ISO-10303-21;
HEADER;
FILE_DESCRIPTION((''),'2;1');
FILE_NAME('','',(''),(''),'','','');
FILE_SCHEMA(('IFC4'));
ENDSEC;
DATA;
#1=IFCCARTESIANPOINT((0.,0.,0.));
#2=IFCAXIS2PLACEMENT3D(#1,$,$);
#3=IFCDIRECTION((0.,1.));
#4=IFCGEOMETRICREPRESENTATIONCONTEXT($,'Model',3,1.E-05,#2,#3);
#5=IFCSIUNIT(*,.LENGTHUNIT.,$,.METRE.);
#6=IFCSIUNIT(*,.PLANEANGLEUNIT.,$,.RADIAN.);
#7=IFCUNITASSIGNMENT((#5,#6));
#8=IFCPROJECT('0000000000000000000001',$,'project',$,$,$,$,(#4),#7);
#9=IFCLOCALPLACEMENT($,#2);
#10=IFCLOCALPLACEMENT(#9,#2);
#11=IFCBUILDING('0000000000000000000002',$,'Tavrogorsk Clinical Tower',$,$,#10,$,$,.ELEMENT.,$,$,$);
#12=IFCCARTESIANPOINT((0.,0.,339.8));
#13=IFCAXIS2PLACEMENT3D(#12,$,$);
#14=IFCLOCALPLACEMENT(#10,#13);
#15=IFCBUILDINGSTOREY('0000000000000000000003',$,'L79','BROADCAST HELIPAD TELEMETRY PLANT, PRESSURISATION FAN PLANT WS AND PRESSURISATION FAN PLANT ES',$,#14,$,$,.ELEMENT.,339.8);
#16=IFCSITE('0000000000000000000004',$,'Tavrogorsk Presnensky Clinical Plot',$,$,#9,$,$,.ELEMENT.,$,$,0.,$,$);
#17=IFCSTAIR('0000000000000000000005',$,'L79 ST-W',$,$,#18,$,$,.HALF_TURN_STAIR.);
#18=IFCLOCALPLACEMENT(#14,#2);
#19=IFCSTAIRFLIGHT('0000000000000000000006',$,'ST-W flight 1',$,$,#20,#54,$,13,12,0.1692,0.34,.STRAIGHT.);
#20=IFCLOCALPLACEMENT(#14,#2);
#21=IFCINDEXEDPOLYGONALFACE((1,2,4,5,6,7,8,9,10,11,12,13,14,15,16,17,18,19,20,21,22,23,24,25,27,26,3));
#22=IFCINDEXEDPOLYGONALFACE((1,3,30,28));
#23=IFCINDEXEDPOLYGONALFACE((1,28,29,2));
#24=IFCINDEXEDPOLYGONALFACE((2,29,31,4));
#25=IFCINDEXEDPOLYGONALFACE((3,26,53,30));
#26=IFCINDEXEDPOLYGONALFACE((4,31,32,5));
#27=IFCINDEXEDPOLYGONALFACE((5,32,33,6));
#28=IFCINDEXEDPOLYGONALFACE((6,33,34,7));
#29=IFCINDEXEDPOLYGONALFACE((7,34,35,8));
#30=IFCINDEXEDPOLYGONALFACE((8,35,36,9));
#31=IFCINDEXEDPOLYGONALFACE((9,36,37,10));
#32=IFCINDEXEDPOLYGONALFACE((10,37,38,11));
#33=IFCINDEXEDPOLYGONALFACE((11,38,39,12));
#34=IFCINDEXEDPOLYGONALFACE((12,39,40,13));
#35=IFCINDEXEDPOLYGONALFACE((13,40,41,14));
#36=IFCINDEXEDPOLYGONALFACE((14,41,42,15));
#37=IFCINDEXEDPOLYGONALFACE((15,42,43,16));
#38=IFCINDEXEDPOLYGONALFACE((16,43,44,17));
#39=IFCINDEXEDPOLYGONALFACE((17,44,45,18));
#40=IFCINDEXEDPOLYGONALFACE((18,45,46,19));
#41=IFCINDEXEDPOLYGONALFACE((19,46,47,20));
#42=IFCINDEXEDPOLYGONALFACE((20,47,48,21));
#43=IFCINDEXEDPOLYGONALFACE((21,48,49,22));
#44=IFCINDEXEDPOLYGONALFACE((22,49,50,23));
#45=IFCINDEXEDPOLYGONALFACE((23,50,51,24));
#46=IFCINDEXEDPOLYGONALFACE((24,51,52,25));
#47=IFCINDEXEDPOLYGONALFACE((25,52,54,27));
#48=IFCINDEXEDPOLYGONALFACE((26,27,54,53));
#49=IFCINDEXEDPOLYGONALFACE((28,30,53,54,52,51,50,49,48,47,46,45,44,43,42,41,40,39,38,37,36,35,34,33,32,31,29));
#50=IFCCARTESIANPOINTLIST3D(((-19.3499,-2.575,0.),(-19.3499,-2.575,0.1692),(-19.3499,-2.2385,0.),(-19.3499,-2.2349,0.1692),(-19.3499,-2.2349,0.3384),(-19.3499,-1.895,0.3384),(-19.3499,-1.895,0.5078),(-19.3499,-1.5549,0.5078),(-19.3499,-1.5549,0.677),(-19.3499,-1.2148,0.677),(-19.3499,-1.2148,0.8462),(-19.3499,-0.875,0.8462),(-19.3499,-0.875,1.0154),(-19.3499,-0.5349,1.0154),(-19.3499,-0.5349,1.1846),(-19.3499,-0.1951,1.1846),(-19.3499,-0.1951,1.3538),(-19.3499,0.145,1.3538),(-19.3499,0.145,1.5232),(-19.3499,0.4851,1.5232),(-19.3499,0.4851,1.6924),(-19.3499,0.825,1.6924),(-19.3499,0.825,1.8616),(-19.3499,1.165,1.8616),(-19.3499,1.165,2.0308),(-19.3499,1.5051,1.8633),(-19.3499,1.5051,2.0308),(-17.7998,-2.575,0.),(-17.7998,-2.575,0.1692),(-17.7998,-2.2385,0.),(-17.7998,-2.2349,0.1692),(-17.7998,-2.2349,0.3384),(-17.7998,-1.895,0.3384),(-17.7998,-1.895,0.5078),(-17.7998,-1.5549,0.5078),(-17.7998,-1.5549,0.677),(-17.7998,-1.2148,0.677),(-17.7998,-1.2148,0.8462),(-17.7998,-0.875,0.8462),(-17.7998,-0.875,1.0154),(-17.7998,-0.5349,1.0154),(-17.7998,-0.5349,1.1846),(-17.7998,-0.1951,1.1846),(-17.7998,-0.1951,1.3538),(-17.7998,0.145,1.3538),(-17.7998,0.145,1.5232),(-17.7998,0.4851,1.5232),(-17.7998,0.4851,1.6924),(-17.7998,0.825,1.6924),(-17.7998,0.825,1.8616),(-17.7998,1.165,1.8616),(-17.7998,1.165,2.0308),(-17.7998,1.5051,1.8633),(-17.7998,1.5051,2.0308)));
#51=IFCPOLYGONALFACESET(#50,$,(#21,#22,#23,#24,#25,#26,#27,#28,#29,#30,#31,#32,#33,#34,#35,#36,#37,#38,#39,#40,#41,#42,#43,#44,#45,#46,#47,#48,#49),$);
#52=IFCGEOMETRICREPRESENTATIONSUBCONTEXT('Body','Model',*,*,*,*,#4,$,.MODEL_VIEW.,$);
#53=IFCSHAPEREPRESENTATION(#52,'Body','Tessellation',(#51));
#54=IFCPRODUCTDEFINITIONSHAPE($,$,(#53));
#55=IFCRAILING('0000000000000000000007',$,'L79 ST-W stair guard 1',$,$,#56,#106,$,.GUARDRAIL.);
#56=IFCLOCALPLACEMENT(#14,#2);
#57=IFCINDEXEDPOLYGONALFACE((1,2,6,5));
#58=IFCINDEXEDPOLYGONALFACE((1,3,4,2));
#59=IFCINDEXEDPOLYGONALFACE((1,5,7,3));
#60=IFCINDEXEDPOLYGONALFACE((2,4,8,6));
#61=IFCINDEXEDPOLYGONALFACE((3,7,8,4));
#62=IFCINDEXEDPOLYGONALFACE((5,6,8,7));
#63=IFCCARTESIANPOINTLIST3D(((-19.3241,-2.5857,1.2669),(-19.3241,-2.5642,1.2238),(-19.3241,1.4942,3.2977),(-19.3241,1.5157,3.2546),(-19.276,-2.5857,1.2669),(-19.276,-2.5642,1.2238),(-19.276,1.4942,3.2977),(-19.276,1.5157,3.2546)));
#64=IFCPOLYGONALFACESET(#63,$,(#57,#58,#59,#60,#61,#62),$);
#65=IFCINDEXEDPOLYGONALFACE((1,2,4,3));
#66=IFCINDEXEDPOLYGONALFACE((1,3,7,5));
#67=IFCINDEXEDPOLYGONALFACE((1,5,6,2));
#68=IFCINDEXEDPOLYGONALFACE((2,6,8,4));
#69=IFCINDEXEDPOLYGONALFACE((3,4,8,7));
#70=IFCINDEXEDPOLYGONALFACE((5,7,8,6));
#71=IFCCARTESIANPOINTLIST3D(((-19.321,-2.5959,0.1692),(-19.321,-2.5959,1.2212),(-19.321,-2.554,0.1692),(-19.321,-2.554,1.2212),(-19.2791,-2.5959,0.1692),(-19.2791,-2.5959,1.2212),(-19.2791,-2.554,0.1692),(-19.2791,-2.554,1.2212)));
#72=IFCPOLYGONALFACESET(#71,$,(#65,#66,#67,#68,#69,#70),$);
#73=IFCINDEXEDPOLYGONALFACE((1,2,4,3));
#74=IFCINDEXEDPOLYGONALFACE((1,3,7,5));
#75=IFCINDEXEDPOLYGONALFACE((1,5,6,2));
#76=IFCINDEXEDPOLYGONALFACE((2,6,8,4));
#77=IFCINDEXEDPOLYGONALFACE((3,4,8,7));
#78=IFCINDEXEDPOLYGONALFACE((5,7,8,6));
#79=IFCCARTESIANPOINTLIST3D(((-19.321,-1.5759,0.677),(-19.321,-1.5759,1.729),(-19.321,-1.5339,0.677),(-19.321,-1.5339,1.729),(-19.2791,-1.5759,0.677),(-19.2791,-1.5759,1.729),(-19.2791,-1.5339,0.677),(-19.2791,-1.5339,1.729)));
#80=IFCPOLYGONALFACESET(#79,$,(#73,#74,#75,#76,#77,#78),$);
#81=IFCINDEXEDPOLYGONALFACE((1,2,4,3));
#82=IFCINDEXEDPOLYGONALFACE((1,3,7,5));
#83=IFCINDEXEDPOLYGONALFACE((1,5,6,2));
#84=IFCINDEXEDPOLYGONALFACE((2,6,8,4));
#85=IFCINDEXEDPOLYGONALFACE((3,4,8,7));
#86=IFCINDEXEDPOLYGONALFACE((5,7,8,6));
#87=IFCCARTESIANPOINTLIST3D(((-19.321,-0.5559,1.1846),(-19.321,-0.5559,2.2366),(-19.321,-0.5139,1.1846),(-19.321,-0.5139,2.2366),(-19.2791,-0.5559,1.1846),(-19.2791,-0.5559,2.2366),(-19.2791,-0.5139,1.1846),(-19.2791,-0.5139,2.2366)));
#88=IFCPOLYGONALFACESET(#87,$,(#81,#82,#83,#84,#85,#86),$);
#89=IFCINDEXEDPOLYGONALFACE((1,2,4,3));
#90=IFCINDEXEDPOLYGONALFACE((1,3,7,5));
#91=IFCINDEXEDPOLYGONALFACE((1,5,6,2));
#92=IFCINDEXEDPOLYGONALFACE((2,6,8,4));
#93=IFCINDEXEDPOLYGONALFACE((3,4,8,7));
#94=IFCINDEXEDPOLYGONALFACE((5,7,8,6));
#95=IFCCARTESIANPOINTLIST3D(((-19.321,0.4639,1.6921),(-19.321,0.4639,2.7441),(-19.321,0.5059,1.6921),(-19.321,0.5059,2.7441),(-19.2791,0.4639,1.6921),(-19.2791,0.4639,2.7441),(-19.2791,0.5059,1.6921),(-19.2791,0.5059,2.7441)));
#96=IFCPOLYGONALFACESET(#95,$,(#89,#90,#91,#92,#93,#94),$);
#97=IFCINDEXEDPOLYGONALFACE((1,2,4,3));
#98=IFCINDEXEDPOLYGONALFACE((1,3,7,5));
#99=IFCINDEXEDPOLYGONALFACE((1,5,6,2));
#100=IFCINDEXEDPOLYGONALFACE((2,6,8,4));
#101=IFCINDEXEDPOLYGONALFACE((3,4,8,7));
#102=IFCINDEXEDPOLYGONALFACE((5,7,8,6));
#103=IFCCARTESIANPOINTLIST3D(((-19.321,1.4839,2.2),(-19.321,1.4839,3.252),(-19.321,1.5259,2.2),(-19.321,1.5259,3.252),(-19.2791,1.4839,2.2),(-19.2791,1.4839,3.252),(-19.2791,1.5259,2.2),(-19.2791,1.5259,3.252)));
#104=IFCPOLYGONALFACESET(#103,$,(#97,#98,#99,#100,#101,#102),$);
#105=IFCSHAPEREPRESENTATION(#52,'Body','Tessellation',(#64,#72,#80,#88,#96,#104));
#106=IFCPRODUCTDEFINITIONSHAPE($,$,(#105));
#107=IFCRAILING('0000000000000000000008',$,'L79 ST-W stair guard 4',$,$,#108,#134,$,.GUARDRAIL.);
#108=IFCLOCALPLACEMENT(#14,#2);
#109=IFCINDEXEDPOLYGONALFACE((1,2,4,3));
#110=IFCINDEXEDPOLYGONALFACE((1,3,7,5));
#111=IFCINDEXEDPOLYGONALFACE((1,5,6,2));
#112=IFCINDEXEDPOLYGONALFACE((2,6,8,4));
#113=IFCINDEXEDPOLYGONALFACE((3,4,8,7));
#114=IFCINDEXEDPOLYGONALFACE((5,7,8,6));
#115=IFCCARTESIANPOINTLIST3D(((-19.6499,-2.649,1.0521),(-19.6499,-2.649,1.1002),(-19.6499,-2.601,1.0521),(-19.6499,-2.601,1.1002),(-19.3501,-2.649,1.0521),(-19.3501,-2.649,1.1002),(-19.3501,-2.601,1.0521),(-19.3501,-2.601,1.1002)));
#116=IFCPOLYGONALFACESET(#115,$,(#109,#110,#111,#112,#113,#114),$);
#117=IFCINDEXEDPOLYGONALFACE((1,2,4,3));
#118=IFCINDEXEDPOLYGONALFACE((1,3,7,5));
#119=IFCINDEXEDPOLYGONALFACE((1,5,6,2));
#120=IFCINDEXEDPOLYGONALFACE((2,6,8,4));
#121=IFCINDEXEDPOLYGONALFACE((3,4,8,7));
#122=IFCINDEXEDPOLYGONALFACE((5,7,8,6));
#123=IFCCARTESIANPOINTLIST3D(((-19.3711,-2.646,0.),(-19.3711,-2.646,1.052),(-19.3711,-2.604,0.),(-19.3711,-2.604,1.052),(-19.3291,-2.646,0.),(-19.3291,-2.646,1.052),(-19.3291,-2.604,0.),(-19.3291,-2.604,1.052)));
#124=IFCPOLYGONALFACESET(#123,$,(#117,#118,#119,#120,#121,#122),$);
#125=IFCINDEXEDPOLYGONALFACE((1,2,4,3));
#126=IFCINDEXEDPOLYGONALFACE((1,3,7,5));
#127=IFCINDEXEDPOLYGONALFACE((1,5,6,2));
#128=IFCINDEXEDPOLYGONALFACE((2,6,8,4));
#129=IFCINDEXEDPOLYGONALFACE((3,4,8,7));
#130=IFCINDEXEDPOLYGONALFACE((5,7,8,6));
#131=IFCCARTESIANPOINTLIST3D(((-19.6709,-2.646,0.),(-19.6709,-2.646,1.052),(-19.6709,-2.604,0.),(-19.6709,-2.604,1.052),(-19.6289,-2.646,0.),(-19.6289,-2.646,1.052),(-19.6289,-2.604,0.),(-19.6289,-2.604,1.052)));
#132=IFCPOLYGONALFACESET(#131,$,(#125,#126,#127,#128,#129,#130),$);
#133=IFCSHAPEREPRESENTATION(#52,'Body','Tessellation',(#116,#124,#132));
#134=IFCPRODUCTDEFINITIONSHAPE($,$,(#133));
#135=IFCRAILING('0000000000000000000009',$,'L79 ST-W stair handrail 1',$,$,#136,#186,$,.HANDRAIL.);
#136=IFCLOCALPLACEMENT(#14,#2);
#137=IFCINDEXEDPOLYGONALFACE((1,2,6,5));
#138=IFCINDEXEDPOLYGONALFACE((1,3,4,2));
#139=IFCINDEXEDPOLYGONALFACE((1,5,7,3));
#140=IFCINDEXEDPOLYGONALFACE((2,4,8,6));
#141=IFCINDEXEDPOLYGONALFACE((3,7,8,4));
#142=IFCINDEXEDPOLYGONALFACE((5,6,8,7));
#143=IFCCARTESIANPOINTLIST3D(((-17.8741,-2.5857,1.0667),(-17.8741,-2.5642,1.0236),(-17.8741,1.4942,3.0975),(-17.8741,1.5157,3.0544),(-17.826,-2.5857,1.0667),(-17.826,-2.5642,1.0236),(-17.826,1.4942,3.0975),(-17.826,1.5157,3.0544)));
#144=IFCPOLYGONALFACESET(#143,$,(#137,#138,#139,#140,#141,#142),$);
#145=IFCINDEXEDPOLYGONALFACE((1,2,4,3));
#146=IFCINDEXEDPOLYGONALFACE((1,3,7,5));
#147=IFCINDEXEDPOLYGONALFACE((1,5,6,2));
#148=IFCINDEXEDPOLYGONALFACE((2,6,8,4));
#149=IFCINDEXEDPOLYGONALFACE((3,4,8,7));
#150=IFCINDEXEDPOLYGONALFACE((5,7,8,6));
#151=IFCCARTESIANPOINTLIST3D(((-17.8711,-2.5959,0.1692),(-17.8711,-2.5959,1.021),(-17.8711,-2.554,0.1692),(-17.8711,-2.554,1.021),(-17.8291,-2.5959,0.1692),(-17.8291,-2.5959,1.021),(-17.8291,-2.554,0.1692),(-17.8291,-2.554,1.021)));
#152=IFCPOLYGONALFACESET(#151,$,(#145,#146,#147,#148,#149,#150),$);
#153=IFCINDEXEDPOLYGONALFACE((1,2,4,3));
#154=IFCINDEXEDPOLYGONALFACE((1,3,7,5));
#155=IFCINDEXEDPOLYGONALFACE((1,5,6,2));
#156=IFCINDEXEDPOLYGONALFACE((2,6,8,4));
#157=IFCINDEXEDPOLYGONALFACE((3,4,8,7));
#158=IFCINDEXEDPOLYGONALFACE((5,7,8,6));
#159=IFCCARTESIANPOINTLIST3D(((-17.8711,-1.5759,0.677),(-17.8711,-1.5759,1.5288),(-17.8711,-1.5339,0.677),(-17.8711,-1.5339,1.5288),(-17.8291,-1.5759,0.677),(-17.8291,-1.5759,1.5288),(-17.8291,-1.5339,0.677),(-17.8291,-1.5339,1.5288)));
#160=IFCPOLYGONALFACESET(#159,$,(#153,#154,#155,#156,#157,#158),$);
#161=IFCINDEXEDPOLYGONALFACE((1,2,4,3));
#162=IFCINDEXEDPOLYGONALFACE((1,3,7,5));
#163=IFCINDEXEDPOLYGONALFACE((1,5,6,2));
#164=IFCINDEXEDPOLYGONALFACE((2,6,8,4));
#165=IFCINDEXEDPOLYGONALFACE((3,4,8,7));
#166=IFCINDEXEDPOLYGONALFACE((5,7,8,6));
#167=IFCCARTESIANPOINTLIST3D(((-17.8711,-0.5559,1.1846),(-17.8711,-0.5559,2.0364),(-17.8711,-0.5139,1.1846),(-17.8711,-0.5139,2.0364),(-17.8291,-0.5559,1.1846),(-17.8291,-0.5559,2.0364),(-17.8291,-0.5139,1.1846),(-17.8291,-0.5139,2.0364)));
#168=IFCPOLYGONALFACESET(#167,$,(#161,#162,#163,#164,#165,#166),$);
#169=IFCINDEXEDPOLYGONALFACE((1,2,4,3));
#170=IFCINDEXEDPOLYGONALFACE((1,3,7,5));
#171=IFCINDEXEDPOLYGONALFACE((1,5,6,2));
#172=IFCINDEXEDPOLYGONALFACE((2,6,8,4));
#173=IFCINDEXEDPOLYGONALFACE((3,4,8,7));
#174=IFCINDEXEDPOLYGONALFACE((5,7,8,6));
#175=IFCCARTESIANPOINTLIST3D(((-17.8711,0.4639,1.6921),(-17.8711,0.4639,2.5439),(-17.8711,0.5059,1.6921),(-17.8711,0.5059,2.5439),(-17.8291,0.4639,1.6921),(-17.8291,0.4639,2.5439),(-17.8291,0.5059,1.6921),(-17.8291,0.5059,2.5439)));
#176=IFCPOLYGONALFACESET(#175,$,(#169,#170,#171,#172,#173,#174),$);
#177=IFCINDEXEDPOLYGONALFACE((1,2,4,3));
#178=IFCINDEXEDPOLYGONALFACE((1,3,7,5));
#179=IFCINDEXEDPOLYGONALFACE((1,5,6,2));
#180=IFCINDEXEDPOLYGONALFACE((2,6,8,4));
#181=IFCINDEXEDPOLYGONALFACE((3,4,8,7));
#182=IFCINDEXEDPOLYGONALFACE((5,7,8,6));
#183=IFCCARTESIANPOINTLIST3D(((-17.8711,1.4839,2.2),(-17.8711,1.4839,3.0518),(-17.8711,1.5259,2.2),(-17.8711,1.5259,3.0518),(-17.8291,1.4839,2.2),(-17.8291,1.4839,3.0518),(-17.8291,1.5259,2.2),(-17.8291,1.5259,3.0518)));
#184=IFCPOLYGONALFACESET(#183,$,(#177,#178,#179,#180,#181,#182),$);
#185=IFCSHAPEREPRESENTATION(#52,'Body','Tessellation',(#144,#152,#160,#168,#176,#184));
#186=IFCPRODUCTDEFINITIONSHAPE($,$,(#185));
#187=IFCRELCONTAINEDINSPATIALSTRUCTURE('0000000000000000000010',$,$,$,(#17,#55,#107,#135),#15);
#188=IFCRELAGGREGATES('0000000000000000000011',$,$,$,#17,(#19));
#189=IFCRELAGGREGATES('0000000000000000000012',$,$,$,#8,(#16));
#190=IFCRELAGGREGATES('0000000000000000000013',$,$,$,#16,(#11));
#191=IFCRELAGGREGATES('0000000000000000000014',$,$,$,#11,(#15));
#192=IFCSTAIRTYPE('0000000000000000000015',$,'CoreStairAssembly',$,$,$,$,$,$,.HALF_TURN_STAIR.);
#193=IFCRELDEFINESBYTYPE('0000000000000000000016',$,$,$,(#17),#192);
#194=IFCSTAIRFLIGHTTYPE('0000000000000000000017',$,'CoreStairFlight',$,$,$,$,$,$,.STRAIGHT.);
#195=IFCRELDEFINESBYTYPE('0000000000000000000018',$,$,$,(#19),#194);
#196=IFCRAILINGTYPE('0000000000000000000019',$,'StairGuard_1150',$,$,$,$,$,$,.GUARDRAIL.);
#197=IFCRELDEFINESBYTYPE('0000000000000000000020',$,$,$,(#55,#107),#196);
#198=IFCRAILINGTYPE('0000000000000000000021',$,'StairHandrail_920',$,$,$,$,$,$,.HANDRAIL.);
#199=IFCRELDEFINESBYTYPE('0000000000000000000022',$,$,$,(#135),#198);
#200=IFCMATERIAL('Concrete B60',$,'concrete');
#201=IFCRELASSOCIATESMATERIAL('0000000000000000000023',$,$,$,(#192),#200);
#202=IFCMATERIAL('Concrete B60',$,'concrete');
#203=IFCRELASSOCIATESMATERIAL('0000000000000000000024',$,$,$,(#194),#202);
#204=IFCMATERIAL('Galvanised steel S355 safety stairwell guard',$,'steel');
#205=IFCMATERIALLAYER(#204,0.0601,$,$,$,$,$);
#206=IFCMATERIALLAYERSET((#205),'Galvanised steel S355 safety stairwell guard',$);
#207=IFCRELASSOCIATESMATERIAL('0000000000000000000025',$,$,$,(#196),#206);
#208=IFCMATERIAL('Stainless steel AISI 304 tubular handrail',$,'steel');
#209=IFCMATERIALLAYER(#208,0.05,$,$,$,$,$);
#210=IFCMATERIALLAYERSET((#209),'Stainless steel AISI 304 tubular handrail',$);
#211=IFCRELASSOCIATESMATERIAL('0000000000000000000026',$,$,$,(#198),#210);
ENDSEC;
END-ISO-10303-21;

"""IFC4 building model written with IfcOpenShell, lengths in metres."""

from ifc_helpers import new_model, si_unit, direction, frame, origin, origin_2d, place, context, subcontext, project, spatial, polyline, rectangle, outline, extrude, material, layer, layer_set, type_object, element, aggregate, save


model = new_model("IFC4")

# Units and contexts
model_context = context("Model", 3, precision=1e-05, world=origin(), true_north=direction((0.0, 1.0)))
body_context = subcontext(model_context, "Body", "Model", "MODEL_VIEW")
ifc_project = project(units=[si_unit("LENGTHUNIT", "METRE"), si_unit("PLANEANGLEUNIT", "RADIAN")], contexts=[model_context])

# Site, building, storey
site_placement = place(None, origin())
site = spatial("IfcSite", under=ifc_project, at=site_placement, Name="Tavrogorsk Presnensky Clinical Plot", CompositionType="ELEMENT", RefElevation=0.0)
building_placement = place(site_placement, origin())
building = spatial("IfcBuilding", under=site, at=building_placement, Name="Tavrogorsk Clinical Tower", CompositionType="ELEMENT")
storey_placement = place(building_placement, frame((0.0, 0.0, 339.8)))
storey = spatial("IfcBuildingStorey", under=building, at=storey_placement, Name="L79", Description="BROADCAST HELIPAD TELEMETRY PLANT, PRESSURISATION FAN PLANT WS AND PRESSURISATION FAN PLANT ES", CompositionType="ELEMENT", Elevation=339.8)

# Stair, stair flight
ifc_material_1 = material(Name="Concrete B60", Category="concrete")
stair_type = type_object("IfcStairType", Name="CoreStairAssembly", PredefinedType="HALF_TURN_STAIR", material=ifc_material_1)
stair_placement = place(storey_placement, origin())
stair = element("IfcStair", 1, at=stair_placement, inside=storey, type_object=stair_type, Name="L79 ST-W", PredefinedType="HALF_TURN_STAIR")
ifc_material_2 = material(Name="Concrete B60", Category="concrete")
stair_flight_type = type_object("IfcStairFlightType", Name="CoreStairFlight", PredefinedType="STRAIGHT", material=ifc_material_2)
stair_flight_placement = place(storey_placement, frame((-18.575, -2.575, 0.0), z_axis=(0.0, 0.0, 1.0), x_axis=(0.0, 1.0, 0.0)))
stair_flight = element("IfcStairFlight", 2, at=stair_flight_placement, type_object=stair_flight_type, Name="ST-W flight 1", NumberOfRisers=13, NumberOfTreads=12, PredefinedType="STRAIGHT", RiserHeight=0.1692, TreadLength=0.34, context=body_context, shape_type="SweptSolid", body=[
    extrude(outline(polyline([(0.0, 0.0), (0.0, 0.1692), (0.3401, 0.1692), (0.3401, 0.3384), (0.6799, 0.3384), (0.6799, 0.5078), (1.02, 0.5078), (1.02, 0.677), (1.3601, 0.677), (1.3601, 0.8462), (1.7, 0.8462), (1.7, 1.0154), (2.04, 1.0154), (2.04, 1.1846), (2.3799, 1.1846), (2.3799, 1.3538), (2.72, 1.3538), (2.72, 1.5232), (3.0601, 1.5232), (3.0601, 1.6924), (3.3999, 1.6924), (3.3999, 1.8616), (3.74, 1.8616), (3.74, 2.0308), (4.0801, 2.0308), (4.0801, 2.2), (4.0801, 1.8633), (0.3364, 0.0), (0.0, 0.0)])), frame((0.0, 0.7749, 0.0), z_axis=(0.0, -1.0, 0.0), x_axis=(1.0, 0.0, 0.0)), (0.0, 0.0, 1.0), 1.55),
])
aggregate(stair, [stair_flight])

# Railings
ifc_material_3 = material(Name="Galvanised steel S355 safety stairwell guard", Category="steel")
ifc_layer_1 = layer(ifc_material_3, 0.0601)
ifc_layer_set_1 = layer_set([ifc_layer_1], Name="Galvanised steel S355 safety stairwell guard")
railing_type_1 = type_object("IfcRailingType", Name="StairGuard_1150", PredefinedType="GUARDRAIL", material=ifc_layer_set_1)
railing_1_placement = place(storey_placement, frame((-19.3, -2.575, 0.1692)))
element("IfcRailing", 3, at=railing_1_placement, inside=storey, type_object=railing_type_1, Name="L79 ST-W stair guard 1", PredefinedType="GUARDRAIL", context=body_context, shape_type="SweptSolid", body=[
    extrude(rectangle(XDim=0.0481, YDim=0.0481, at=origin_2d()), frame((0.0, 0.0, 1.0762), z_axis=(0.0, 0.895229, 0.445606), x_axis=(-1.0, 0.0, 0.0)), (0.0, 0.0, 1.0), 4.5574),
    extrude(rectangle(XDim=0.042, YDim=0.042, at=origin_2d()), origin(), (0.0, 0.0, 1.0), 1.052),
    extrude(rectangle(XDim=0.042, YDim=0.042, at=origin_2d()), frame((0.0, 1.02, 0.5078)), (0.0, 0.0, 1.0), 1.052),
    extrude(rectangle(XDim=0.042, YDim=0.042, at=origin_2d()), frame((0.0, 2.04, 1.0154)), (0.0, 0.0, 1.0), 1.052),
    extrude(rectangle(XDim=0.042, YDim=0.042, at=origin_2d()), frame((0.0, 3.0598, 1.5229)), (0.0, 0.0, 1.0), 1.052),
    extrude(rectangle(XDim=0.042, YDim=0.042, at=origin_2d()), frame((0.0, 4.0798, 2.0308)), (0.0, 0.0, 1.0), 1.052),
])
railing_2_placement = place(storey_placement, frame((-19.3501, -2.625, 0.0)))
element("IfcRailing", 4, at=railing_2_placement, inside=storey, type_object=railing_type_1, Name="L79 ST-W stair guard 4", PredefinedType="GUARDRAIL", context=body_context, shape_type="SweptSolid", body=[
    extrude(rectangle(XDim=0.0481, YDim=0.0481, at=origin_2d()), frame((0.0, 0.0, 1.0762), z_axis=(-1.0, 0.0, 0.0), x_axis=(0.0, -1.0, 0.0)), (0.0, 0.0, 1.0), 0.2998),
    extrude(rectangle(XDim=0.042, YDim=0.042, at=origin_2d()), origin(), (0.0, 0.0, 1.0), 1.052),
    extrude(rectangle(XDim=0.042, YDim=0.042, at=origin_2d()), frame((-0.2998, 0.0, 0.0)), (0.0, 0.0, 1.0), 1.052),
])
ifc_material_4 = material(Name="Stainless steel AISI 304 tubular handrail", Category="steel")
ifc_layer_2 = layer(ifc_material_4, 0.05)
ifc_layer_set_2 = layer_set([ifc_layer_2], Name="Stainless steel AISI 304 tubular handrail")
railing_type_2 = type_object("IfcRailingType", Name="StairHandrail_920", PredefinedType="HANDRAIL", material=ifc_layer_set_2)
railing_3_placement = place(storey_placement, frame((-17.8501, -2.575, 0.1692)))
element("IfcRailing", 5, at=railing_3_placement, inside=storey, type_object=railing_type_2, Name="L79 ST-W stair handrail 1", PredefinedType="HANDRAIL", context=body_context, shape_type="SweptSolid", body=[
    extrude(rectangle(XDim=0.0481, YDim=0.0481, at=origin_2d()), frame((0.0, 0.0, 0.876), z_axis=(0.0, 0.895229, 0.445606), x_axis=(-1.0, 0.0, 0.0)), (0.0, 0.0, 1.0), 4.5574),
    extrude(rectangle(XDim=0.042, YDim=0.042, at=origin_2d()), origin(), (0.0, 0.0, 1.0), 0.8518),
    extrude(rectangle(XDim=0.042, YDim=0.042, at=origin_2d()), frame((0.0, 1.02, 0.5078)), (0.0, 0.0, 1.0), 0.8518),
    extrude(rectangle(XDim=0.042, YDim=0.042, at=origin_2d()), frame((0.0, 2.04, 1.0154)), (0.0, 0.0, 1.0), 0.8518),
    extrude(rectangle(XDim=0.042, YDim=0.042, at=origin_2d()), frame((0.0, 3.0598, 1.5229)), (0.0, 0.0, 1.0), 0.8518),
    extrude(rectangle(XDim=0.042, YDim=0.042, at=origin_2d()), frame((0.0, 4.0798, 2.0308)), (0.0, 0.0, 1.0), 0.8518),
])

save(model, "model.ifc")
